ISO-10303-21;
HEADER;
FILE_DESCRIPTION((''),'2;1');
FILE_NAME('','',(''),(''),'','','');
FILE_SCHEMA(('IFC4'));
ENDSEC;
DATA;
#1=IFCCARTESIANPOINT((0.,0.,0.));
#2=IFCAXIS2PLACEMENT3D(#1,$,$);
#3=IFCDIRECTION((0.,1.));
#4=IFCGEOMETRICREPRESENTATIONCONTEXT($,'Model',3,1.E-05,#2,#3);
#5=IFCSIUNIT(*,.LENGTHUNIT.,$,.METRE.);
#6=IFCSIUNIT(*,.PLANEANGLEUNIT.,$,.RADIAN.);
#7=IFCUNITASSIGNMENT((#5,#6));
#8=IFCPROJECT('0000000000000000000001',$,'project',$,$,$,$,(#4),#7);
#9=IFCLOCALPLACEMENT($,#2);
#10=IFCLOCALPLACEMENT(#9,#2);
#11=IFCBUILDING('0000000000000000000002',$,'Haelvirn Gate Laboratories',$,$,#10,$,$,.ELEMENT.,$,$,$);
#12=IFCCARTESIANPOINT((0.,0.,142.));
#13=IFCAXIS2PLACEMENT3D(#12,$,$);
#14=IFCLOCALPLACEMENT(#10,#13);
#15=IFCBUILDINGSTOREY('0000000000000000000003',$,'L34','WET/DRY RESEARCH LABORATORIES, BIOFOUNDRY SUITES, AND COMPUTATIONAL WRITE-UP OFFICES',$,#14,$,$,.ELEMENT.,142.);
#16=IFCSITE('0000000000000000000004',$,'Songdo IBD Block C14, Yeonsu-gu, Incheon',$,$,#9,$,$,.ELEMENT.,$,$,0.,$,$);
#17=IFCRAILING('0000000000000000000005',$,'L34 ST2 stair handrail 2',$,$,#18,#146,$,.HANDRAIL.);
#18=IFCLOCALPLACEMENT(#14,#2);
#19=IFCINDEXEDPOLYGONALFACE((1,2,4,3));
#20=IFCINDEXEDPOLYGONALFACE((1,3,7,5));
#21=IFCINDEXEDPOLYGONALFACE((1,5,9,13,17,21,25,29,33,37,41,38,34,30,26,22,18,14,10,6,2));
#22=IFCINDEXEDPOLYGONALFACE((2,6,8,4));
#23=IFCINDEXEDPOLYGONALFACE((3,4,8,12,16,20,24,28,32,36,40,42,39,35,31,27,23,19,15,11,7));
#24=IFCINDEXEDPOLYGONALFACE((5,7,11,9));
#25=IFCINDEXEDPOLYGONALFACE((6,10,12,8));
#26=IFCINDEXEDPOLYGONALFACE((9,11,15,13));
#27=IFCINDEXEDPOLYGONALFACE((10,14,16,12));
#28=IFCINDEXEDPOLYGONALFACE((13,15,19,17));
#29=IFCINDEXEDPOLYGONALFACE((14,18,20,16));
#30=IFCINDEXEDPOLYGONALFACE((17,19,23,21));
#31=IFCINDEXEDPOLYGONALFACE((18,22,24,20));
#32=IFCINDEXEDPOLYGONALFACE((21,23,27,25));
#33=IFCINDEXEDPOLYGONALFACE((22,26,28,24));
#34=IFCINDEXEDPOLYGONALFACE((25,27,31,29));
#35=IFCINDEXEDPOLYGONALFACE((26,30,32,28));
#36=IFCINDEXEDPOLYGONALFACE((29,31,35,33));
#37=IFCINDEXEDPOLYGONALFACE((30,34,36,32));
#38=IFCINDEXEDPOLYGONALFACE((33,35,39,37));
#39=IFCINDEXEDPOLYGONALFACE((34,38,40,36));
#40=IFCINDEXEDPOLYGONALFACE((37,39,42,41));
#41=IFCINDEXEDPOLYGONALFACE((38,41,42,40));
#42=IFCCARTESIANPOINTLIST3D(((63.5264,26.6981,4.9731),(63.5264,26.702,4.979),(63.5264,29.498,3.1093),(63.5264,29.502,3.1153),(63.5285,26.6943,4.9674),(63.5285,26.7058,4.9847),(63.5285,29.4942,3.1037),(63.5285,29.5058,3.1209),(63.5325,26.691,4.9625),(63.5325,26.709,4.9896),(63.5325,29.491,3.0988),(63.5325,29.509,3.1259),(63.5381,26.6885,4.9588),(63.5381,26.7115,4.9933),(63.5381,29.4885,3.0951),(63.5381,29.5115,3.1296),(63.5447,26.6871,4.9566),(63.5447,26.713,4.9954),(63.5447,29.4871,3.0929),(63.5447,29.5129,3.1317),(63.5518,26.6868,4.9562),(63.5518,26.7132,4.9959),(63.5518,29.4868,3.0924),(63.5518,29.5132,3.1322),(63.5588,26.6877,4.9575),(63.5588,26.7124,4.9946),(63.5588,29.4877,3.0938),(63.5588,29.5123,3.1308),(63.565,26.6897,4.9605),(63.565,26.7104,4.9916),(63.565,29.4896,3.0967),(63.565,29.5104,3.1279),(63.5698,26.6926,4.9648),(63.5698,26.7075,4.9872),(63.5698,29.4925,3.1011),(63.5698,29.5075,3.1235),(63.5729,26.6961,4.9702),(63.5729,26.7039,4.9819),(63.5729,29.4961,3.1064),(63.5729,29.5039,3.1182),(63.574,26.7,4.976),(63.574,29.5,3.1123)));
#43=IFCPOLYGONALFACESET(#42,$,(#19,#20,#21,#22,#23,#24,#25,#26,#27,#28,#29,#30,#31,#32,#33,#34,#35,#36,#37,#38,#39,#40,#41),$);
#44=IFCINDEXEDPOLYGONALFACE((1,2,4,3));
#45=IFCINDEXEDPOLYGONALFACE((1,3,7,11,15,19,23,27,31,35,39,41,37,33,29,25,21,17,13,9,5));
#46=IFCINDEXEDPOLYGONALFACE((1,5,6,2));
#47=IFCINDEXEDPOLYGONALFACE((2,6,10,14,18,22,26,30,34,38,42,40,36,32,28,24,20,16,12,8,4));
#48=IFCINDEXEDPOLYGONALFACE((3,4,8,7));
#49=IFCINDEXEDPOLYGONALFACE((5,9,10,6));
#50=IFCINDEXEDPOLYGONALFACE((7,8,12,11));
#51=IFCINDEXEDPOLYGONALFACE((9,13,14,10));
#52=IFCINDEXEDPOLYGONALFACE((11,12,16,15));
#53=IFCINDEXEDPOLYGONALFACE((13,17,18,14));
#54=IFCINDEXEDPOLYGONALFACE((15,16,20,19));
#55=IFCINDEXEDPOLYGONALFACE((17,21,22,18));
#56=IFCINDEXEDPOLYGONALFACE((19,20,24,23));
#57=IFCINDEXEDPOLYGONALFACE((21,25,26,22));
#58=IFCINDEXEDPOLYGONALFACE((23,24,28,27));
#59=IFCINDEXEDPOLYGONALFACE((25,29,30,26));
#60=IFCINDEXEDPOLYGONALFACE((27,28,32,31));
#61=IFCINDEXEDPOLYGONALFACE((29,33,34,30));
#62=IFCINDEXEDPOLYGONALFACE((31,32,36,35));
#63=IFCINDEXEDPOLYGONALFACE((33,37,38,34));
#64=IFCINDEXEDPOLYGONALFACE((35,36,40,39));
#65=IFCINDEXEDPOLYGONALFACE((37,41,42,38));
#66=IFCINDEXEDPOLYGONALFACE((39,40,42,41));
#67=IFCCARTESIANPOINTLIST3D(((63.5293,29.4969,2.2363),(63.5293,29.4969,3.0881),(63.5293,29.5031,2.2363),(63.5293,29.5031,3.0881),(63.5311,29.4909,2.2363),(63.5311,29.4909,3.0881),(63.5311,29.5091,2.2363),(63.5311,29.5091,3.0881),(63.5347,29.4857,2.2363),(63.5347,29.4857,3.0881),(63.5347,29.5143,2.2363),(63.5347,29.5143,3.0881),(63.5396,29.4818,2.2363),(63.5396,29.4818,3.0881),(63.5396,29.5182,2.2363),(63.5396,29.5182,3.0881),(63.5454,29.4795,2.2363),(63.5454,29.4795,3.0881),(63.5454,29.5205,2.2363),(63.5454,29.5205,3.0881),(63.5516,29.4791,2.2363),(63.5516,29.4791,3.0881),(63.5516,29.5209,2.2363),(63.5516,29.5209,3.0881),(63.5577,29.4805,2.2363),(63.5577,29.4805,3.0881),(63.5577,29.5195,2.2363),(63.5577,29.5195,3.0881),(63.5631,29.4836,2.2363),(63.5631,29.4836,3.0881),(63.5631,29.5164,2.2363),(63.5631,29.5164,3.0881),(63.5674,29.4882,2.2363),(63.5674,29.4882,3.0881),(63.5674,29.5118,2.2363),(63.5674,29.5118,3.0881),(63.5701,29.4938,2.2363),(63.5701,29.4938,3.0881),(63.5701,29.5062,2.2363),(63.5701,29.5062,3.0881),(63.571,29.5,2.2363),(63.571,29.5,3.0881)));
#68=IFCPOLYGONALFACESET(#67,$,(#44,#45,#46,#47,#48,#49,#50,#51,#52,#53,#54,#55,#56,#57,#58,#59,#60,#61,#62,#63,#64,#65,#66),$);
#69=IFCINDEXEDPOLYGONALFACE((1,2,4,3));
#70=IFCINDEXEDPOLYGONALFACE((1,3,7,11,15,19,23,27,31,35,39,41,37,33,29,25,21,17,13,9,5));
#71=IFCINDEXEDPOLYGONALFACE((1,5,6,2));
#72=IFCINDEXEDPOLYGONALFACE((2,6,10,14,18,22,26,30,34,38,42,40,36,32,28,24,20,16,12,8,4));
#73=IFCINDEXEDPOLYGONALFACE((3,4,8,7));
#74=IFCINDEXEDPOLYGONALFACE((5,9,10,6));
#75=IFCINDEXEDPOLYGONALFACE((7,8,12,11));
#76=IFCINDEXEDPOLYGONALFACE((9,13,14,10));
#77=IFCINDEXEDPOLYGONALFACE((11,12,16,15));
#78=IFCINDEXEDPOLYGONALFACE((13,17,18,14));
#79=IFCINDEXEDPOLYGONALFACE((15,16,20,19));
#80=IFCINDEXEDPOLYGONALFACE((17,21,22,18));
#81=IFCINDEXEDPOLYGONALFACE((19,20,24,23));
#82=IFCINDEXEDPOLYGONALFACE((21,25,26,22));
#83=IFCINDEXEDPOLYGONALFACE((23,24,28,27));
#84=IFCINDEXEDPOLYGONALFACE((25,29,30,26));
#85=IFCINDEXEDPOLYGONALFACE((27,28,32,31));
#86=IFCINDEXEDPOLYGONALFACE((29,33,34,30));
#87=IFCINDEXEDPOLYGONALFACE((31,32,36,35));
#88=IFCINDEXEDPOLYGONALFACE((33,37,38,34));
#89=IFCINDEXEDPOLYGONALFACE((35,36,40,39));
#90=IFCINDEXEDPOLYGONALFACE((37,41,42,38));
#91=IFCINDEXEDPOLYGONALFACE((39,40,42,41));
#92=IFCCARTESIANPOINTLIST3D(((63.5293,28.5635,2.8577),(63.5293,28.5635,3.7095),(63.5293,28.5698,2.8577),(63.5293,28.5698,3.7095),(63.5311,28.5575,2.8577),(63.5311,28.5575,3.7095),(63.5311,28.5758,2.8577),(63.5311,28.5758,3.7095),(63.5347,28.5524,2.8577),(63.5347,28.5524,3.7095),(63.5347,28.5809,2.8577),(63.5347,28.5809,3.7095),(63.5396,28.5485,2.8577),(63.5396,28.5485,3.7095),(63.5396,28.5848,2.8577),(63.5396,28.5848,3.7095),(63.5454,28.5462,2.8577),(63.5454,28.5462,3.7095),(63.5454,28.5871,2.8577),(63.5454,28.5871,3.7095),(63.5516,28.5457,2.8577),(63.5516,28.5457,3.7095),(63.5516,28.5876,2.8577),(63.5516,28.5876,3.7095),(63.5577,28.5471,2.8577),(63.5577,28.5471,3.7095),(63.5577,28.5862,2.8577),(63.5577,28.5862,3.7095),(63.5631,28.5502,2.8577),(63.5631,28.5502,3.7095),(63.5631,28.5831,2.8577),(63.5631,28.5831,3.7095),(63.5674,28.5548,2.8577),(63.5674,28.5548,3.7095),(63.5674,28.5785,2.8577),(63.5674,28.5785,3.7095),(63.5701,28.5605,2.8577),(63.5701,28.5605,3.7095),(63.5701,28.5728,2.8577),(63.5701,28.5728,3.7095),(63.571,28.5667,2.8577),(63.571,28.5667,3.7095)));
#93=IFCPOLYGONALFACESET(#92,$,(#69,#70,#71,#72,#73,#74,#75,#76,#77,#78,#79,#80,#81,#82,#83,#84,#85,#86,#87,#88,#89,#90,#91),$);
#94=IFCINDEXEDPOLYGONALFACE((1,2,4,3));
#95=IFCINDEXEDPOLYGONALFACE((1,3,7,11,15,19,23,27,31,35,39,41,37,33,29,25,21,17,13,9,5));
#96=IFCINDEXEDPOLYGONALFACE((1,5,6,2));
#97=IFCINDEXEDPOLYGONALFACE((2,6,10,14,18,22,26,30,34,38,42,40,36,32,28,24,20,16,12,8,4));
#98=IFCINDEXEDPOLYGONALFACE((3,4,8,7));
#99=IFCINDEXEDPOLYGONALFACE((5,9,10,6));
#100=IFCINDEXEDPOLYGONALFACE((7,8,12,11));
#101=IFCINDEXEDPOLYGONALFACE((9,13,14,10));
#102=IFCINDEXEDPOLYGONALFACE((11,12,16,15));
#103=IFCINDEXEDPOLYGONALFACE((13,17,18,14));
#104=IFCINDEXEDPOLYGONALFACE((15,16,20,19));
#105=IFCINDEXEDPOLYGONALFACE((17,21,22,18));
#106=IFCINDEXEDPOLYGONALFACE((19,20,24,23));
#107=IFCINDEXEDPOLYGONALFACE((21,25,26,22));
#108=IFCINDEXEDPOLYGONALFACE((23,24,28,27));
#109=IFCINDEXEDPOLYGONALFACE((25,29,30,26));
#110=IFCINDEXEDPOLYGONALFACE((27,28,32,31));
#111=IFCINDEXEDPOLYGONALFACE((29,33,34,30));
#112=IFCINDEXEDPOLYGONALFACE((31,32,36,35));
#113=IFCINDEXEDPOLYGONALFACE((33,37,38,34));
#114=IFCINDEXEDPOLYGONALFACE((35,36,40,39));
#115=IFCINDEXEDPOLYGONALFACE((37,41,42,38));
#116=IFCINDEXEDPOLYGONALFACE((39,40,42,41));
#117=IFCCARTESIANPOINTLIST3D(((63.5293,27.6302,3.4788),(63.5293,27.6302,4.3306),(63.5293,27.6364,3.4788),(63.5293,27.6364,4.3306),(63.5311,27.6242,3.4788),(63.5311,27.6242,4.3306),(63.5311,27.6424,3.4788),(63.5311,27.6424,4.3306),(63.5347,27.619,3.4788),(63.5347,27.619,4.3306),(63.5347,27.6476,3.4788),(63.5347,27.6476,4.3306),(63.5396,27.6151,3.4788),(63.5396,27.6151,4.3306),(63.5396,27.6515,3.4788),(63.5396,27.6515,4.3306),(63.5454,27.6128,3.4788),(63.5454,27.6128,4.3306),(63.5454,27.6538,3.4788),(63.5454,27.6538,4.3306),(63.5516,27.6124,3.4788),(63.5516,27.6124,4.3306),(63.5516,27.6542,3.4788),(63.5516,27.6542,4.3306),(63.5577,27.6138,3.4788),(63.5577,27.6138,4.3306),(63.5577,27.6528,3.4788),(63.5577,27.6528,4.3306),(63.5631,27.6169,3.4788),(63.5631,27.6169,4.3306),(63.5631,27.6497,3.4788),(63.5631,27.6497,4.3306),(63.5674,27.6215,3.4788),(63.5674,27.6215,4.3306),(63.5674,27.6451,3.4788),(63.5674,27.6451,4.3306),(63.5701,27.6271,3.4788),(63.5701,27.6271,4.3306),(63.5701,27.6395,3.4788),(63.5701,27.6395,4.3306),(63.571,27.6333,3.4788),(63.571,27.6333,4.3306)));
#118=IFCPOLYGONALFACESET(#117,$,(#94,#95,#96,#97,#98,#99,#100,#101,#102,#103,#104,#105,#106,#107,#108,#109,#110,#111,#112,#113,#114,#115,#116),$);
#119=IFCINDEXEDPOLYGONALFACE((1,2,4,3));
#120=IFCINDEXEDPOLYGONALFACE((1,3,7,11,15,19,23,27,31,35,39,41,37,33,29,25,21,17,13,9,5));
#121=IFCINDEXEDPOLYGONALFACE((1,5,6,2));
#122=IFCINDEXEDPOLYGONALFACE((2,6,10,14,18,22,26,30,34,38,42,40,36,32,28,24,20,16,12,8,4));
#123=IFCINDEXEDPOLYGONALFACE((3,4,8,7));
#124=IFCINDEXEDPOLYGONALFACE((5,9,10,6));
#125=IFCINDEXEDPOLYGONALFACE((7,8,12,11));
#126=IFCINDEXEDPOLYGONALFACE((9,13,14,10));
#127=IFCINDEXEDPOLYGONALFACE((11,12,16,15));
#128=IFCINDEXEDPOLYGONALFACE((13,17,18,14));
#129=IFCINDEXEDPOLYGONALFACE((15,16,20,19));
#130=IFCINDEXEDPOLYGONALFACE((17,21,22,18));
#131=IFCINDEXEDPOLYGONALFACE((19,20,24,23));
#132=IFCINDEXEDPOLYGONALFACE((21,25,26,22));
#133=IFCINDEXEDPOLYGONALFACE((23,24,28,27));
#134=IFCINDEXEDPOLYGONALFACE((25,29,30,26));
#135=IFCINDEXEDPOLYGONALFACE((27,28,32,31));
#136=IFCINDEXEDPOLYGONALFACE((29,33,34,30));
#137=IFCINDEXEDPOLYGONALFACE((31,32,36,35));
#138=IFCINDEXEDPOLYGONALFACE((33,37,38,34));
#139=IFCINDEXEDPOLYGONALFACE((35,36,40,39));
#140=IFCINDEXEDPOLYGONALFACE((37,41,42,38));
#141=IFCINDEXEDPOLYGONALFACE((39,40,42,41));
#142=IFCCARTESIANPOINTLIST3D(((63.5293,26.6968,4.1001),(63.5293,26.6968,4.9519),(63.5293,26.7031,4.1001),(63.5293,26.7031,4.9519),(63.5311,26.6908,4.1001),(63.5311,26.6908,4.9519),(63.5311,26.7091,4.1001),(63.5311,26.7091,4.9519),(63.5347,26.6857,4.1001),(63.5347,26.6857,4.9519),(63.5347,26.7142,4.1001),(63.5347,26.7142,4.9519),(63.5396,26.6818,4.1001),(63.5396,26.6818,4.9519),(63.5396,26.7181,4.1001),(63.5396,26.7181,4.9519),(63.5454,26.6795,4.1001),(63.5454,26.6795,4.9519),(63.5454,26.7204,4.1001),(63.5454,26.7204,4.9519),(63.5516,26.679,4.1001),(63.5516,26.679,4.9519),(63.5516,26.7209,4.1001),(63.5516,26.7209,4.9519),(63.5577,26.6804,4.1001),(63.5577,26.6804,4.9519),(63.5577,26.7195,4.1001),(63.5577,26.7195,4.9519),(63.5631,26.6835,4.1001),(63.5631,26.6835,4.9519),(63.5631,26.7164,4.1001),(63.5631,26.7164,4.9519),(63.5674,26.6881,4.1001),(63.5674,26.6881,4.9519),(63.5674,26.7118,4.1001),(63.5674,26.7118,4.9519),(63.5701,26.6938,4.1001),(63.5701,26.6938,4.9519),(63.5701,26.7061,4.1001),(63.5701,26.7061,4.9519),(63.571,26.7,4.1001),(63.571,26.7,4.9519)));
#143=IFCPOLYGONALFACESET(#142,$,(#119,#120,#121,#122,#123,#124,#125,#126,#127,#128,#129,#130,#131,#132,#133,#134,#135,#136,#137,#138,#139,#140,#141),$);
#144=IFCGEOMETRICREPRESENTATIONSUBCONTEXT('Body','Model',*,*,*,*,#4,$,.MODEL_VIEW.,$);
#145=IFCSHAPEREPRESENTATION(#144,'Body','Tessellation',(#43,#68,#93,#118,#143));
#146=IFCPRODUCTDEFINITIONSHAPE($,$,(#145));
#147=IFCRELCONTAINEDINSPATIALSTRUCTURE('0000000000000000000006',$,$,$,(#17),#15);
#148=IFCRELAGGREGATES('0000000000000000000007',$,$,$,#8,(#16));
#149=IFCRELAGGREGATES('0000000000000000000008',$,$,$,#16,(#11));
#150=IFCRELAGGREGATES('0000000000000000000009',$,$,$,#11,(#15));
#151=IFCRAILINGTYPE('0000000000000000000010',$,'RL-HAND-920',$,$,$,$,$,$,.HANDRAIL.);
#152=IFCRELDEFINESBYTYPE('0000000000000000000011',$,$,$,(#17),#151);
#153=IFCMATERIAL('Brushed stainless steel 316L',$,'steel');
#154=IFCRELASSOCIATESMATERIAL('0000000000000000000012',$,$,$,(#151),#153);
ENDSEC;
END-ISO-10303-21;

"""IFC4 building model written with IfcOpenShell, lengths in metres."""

from ifc_helpers import new_model, si_unit, direction, frame, origin, origin_2d, place, context, subcontext, project, spatial, circle, extrude, source, transform, mapped, material, type_object, element, save


model = new_model("IFC4")

# Units and contexts
model_context = context("Model", 3, precision=1e-05, world=origin(), true_north=direction((0.0, 1.0)))
body_context = subcontext(model_context, "Body", "Model", "MODEL_VIEW")
ifc_project = project(units=[si_unit("LENGTHUNIT", "METRE"), si_unit("PLANEANGLEUNIT", "RADIAN")], contexts=[model_context])

# Site, building, storey
site_placement = place(None, origin())
site = spatial("IfcSite", under=ifc_project, at=site_placement, Name="Songdo IBD Block C14, Yeonsu-gu, Incheon", CompositionType="ELEMENT", RefElevation=0.0)
building_placement = place(site_placement, origin())
building = spatial("IfcBuilding", under=site, at=building_placement, Name="Haelvirn Gate Laboratories", CompositionType="ELEMENT")
storey_placement = place(building_placement, frame((0.0, 0.0, 142.0)))
storey = spatial("IfcBuildingStorey", under=building, at=storey_placement, Name="L34", Description="WET/DRY RESEARCH LABORATORIES, BIOFOUNDRY SUITES, AND COMPUTATIONAL WRITE-UP OFFICES", CompositionType="ELEMENT", Elevation=142.0)

# Railing
ifc_material_1 = material(Name="Brushed stainless steel 316L", Category="steel")
railing_type_1 = type_object("IfcRailingType", Name="RL-HAND-920", PredefinedType="HANDRAIL", material=ifc_material_1)
shared_shape_1 = source(origin(), body_context, "Body", "SweptSolid", [
    extrude(circle(Radius=0.0239, at=origin_2d()), frame((0.0, 0.0, 0.876), z_axis=(0.0, -0.832452, 0.554097), x_axis=(1.0, 0.0, 0.0)), (0.0, 0.0, 1.0), 3.3635),
    extrude(circle(Radius=0.021, at=origin_2d()), origin(), (0.0, 0.0, 1.0), 0.8518),
    extrude(circle(Radius=0.021, at=origin_2d()), frame((0.0, -0.9333, 0.6213)), (0.0, 0.0, 1.0), 0.8518),
    extrude(circle(Radius=0.021, at=origin_2d()), frame((0.0, -1.8667, 1.2424)), (0.0, 0.0, 1.0), 0.8518),
    extrude(circle(Radius=0.021, at=origin_2d()), frame((0.0, -2.8, 1.8638)), (0.0, 0.0, 1.0), 0.8518),
])
railing_1_placement = place(storey_placement, frame((63.55, 29.5, 2.2363)))
element("IfcRailing", 1, at=railing_1_placement, inside=storey, type_object=railing_type_1, Name="L34 ST2 stair handrail 2", PredefinedType="HANDRAIL", context=body_context, shape_type="MappedRepresentation", body=[
    mapped(shared_shape_1, transform((0.0, 0.0, 0.0), scale=1.0)),
])

save(model, "model.ifc")
